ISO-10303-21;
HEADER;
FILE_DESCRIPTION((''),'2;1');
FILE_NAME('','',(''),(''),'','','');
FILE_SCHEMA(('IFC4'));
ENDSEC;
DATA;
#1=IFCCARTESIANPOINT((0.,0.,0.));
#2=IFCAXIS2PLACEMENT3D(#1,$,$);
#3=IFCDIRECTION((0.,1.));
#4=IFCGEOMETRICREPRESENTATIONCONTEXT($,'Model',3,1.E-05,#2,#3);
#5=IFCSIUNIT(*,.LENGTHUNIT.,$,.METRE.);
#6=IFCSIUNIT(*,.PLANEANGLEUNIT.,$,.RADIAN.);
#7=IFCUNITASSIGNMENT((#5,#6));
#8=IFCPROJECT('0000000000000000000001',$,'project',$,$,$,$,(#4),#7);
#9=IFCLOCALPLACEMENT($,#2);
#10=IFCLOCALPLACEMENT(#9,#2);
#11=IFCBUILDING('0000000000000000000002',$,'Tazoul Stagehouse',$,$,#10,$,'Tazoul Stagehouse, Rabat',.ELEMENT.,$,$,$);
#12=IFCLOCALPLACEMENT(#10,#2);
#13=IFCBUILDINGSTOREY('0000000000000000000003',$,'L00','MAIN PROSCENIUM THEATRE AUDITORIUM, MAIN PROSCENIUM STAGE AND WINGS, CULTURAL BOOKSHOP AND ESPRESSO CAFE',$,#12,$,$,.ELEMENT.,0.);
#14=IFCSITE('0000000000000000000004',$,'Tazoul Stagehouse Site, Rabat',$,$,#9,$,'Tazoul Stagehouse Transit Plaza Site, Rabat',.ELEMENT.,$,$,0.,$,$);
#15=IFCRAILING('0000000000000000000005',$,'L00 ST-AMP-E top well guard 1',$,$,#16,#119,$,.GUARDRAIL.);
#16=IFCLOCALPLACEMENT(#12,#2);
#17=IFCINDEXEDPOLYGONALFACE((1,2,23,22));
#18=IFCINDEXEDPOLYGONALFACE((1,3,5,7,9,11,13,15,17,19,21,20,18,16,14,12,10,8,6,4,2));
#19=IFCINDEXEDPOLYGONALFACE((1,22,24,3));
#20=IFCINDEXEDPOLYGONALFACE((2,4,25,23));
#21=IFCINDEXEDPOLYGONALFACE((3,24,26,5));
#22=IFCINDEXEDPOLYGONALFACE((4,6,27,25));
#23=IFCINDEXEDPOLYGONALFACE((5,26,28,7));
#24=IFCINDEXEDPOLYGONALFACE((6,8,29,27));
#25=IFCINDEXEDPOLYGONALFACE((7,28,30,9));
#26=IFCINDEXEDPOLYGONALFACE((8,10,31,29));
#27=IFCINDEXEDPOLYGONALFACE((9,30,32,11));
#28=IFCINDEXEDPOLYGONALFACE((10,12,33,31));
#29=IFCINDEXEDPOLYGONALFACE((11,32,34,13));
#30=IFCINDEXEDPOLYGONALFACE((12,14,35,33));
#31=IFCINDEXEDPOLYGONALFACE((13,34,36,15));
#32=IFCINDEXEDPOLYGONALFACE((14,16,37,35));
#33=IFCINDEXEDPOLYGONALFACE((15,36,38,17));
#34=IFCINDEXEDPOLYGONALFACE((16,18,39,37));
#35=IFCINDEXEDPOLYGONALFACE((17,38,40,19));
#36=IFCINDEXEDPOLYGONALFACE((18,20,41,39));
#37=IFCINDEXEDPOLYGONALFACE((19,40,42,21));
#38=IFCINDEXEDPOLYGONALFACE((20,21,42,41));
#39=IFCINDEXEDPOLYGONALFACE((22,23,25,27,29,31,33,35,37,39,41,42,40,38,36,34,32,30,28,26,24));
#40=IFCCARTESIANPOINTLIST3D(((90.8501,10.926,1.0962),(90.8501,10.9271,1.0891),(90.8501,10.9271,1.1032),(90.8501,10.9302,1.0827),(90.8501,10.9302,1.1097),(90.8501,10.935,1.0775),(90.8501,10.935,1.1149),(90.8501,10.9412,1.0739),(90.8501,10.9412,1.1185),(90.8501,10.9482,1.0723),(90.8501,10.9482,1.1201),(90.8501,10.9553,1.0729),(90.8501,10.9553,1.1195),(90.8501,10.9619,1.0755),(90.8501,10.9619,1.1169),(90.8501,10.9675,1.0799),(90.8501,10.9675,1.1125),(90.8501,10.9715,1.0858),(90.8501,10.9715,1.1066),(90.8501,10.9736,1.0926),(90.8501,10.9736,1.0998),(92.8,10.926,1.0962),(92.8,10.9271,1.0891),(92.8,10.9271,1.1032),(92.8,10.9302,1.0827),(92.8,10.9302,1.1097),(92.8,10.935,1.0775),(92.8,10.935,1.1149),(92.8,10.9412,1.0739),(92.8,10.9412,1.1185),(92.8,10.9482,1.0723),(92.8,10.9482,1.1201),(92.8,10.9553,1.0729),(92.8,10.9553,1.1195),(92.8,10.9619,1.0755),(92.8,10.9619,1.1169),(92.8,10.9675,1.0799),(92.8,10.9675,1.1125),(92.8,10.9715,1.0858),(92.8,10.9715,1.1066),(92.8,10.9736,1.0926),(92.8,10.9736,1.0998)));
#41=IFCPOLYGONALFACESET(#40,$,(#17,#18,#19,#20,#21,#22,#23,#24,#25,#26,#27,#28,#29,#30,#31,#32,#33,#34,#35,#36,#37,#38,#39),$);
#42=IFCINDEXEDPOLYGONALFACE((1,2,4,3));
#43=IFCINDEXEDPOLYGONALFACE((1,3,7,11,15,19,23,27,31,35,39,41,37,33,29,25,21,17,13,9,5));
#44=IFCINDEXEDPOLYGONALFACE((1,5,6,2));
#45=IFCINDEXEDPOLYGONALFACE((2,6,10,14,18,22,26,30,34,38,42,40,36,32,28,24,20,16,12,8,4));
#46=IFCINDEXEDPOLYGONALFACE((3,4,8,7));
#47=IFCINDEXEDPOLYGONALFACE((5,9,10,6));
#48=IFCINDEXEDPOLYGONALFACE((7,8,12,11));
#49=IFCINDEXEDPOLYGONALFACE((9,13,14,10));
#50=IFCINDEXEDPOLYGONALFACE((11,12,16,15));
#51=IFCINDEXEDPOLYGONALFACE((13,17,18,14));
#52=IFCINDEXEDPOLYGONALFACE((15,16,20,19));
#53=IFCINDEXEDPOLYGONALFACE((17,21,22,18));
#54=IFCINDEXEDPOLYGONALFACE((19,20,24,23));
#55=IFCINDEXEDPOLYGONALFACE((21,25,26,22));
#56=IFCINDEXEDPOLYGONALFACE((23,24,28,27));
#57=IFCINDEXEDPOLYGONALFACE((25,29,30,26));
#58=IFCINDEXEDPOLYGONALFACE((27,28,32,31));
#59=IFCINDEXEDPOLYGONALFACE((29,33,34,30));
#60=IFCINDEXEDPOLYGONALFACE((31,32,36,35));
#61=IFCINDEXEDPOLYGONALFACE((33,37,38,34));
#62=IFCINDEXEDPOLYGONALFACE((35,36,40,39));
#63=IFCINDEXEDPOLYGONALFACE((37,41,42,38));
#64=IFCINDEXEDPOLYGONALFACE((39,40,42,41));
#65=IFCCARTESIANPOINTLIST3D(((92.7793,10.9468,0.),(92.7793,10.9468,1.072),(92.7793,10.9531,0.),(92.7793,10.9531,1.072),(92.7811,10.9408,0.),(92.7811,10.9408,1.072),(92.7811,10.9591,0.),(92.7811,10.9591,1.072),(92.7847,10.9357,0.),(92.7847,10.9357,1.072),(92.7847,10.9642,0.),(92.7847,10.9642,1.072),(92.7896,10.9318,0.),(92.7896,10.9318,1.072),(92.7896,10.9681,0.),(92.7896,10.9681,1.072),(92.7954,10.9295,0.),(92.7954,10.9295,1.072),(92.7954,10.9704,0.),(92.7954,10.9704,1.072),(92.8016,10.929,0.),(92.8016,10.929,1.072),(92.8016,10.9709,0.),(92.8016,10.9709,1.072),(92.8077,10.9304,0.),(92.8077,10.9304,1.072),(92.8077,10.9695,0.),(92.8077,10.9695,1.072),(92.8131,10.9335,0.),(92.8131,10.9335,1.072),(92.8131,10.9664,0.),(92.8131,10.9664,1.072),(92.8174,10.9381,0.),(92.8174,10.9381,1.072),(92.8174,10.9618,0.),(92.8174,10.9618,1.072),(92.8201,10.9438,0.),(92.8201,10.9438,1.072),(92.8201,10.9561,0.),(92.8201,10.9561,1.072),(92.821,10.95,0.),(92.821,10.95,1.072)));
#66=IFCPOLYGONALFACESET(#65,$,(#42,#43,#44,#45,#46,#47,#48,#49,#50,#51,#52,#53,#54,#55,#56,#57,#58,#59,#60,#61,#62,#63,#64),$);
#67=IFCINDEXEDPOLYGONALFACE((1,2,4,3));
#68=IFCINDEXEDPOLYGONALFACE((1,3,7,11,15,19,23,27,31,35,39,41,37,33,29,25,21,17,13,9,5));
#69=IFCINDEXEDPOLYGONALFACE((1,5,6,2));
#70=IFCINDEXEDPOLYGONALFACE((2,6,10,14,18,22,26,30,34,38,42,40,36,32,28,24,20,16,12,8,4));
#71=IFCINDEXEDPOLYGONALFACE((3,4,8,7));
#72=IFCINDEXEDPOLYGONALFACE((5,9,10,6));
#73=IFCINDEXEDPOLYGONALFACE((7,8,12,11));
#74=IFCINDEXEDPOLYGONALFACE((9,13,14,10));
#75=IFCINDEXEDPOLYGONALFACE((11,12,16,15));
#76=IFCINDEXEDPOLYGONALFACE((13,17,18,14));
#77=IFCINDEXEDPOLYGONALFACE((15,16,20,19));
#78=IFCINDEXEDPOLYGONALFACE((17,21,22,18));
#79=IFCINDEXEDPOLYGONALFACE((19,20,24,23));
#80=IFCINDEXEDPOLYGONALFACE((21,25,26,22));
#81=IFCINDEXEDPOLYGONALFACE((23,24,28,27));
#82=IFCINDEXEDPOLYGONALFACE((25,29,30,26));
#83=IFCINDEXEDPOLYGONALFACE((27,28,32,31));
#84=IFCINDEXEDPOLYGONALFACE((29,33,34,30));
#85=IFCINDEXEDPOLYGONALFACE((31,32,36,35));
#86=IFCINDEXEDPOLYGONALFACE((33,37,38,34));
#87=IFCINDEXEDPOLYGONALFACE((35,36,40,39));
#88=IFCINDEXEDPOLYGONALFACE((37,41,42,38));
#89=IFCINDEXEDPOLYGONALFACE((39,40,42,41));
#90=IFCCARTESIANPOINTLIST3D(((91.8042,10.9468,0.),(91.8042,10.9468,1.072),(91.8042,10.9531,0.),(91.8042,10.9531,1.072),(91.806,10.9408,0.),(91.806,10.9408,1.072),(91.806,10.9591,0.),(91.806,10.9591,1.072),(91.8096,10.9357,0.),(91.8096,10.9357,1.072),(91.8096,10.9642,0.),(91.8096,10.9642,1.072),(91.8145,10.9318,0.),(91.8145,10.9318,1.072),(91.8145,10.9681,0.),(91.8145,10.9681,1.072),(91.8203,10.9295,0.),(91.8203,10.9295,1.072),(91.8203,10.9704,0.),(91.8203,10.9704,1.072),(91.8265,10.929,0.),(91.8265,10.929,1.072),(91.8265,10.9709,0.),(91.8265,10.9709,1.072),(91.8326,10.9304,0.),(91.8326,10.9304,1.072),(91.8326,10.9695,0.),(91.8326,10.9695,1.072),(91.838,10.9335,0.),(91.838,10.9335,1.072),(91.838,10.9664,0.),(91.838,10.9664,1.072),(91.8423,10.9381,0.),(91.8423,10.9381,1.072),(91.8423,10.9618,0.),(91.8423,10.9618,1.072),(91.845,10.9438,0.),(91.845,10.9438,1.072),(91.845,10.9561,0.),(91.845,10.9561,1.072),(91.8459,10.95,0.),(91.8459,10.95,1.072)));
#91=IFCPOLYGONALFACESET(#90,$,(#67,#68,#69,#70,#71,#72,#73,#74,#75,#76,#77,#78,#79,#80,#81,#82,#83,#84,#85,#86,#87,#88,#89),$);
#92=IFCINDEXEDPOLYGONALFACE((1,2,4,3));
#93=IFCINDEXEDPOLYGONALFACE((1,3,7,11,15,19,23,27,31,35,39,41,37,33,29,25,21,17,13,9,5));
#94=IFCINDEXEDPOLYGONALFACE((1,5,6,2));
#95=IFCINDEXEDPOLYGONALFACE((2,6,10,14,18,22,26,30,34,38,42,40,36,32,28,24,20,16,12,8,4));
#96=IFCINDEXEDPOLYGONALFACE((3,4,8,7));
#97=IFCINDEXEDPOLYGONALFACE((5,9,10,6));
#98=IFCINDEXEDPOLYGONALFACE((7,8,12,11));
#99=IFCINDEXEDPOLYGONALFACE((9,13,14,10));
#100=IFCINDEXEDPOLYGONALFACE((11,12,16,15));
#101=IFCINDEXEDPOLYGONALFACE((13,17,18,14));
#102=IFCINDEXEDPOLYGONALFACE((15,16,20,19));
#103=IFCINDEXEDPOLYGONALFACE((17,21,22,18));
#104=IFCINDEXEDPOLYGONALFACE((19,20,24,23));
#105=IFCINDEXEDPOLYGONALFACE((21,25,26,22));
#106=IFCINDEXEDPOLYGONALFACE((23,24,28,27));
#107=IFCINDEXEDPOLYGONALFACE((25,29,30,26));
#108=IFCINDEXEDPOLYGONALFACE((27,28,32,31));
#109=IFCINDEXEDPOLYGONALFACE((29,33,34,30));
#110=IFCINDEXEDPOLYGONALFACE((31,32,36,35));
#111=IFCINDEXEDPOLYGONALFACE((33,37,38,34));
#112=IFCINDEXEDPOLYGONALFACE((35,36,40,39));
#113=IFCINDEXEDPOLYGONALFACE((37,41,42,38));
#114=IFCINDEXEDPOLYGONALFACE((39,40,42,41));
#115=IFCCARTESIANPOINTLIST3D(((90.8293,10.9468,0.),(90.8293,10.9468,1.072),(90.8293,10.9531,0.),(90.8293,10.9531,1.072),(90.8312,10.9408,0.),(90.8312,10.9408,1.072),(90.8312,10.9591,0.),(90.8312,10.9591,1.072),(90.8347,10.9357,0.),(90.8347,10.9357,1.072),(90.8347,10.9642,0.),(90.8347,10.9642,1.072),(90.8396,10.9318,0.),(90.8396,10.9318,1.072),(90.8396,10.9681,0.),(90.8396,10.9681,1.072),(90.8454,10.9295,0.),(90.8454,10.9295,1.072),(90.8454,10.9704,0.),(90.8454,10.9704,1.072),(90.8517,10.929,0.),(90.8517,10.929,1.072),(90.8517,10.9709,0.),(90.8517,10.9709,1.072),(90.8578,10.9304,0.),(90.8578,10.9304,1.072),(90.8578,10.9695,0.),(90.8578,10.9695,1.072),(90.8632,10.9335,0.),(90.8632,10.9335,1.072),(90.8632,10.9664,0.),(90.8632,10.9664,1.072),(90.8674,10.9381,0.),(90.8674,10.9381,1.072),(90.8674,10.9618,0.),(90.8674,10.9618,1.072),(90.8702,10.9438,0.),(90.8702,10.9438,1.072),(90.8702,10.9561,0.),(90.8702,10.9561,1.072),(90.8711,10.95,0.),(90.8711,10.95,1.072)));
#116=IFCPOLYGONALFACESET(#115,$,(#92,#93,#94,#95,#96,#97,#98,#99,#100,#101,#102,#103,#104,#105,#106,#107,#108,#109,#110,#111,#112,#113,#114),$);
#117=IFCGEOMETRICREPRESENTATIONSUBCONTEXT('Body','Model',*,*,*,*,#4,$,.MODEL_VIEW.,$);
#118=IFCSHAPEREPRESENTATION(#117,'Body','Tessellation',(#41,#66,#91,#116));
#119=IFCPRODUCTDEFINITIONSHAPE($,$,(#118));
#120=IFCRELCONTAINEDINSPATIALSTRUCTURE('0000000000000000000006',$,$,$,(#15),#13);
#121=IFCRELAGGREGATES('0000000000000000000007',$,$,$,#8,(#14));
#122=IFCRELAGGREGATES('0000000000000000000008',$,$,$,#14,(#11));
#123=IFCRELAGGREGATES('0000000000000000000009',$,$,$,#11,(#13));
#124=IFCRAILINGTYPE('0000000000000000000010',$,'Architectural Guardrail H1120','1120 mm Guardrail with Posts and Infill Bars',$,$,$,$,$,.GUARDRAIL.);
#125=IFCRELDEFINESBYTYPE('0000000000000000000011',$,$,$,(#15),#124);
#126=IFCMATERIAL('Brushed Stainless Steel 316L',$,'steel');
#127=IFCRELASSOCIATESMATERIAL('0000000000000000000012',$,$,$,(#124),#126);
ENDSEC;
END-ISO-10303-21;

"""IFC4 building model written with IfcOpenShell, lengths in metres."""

from ifc_helpers import new_model, si_unit, direction, frame, origin, origin_2d, place, context, subcontext, project, spatial, circle, extrude, material, material_profile, profile_set, type_object, element, save


model = new_model("IFC4")

# Units and contexts
model_context = context("Model", 3, precision=1e-05, world=origin(), true_north=direction((0.0, 1.0)))
body_context = subcontext(model_context, "Body", "Model", "MODEL_VIEW")
ifc_project = project(units=[si_unit("LENGTHUNIT", "METRE"), si_unit("PLANEANGLEUNIT", "RADIAN")], contexts=[model_context])

# Site, building, storey
site_placement = place(None, origin())
site = spatial("IfcSite", under=ifc_project, at=site_placement, Name="Tazoul Stagehouse Site, Rabat", LongName="Tazoul Stagehouse Transit Plaza Site, Rabat", CompositionType="ELEMENT", RefElevation=0.0)
building_placement = place(site_placement, origin())
building = spatial("IfcBuilding", under=site, at=building_placement, Name="Tazoul Stagehouse", LongName="Tazoul Stagehouse, Rabat", CompositionType="ELEMENT")
storey_placement = place(building_placement, origin())
storey = spatial("IfcBuildingStorey", under=building, at=storey_placement, Name="L00", Description="MAIN PROSCENIUM THEATRE AUDITORIUM, MAIN PROSCENIUM STAGE AND WINGS, CULTURAL BOOKSHOP AND ESPRESSO CAFE", CompositionType="ELEMENT", Elevation=0.0)

# Railing
ifc_material_1 = material(Name="Brushed Stainless Steel 316L", Category="steel")
ifc_material_profile_1 = material_profile(ifc_material_1, circle(Radius=0.0239, at=origin_2d()), Name="SS RAIL D48")
ifc_profile_set_1 = profile_set([ifc_material_profile_1], Name="Brushed Stainless Steel 316L")
railing_type_1 = type_object("IfcRailingType", Name="Architectural Guardrail H1120", Description="1120 mm Guardrail with Posts and Infill Bars", PredefinedType="GUARDRAIL", material=ifc_profile_set_1)
railing_1_placement = place(storey_placement, frame((92.8, 10.95, 0.0)))
element("IfcRailing", 1, at=railing_1_placement, inside=storey, type_object=railing_type_1, Name="L00 ST-AMP-E top well guard 1", PredefinedType="GUARDRAIL", context=body_context, shape_type="SweptSolid", body=[
    extrude(circle(Radius=0.0239, at=origin_2d()), frame((0.0, 0.0, 1.0962), z_axis=(-1.0, 0.0, 0.0), x_axis=(0.0, -1.0, 0.0)), (0.0, 0.0, 1.0), 1.95),
    extrude(circle(Radius=0.021, at=origin_2d()), origin(), (0.0, 0.0, 1.0), 1.072),
    extrude(circle(Radius=0.021, at=origin_2d()), frame((-0.9751, 0.0, 0.0)), (0.0, 0.0, 1.0), 1.072),
    extrude(circle(Radius=0.021, at=origin_2d()), frame((-1.95, 0.0, 0.0)), (0.0, 0.0, 1.0), 1.072),
])

save(model, "model.ifc")
